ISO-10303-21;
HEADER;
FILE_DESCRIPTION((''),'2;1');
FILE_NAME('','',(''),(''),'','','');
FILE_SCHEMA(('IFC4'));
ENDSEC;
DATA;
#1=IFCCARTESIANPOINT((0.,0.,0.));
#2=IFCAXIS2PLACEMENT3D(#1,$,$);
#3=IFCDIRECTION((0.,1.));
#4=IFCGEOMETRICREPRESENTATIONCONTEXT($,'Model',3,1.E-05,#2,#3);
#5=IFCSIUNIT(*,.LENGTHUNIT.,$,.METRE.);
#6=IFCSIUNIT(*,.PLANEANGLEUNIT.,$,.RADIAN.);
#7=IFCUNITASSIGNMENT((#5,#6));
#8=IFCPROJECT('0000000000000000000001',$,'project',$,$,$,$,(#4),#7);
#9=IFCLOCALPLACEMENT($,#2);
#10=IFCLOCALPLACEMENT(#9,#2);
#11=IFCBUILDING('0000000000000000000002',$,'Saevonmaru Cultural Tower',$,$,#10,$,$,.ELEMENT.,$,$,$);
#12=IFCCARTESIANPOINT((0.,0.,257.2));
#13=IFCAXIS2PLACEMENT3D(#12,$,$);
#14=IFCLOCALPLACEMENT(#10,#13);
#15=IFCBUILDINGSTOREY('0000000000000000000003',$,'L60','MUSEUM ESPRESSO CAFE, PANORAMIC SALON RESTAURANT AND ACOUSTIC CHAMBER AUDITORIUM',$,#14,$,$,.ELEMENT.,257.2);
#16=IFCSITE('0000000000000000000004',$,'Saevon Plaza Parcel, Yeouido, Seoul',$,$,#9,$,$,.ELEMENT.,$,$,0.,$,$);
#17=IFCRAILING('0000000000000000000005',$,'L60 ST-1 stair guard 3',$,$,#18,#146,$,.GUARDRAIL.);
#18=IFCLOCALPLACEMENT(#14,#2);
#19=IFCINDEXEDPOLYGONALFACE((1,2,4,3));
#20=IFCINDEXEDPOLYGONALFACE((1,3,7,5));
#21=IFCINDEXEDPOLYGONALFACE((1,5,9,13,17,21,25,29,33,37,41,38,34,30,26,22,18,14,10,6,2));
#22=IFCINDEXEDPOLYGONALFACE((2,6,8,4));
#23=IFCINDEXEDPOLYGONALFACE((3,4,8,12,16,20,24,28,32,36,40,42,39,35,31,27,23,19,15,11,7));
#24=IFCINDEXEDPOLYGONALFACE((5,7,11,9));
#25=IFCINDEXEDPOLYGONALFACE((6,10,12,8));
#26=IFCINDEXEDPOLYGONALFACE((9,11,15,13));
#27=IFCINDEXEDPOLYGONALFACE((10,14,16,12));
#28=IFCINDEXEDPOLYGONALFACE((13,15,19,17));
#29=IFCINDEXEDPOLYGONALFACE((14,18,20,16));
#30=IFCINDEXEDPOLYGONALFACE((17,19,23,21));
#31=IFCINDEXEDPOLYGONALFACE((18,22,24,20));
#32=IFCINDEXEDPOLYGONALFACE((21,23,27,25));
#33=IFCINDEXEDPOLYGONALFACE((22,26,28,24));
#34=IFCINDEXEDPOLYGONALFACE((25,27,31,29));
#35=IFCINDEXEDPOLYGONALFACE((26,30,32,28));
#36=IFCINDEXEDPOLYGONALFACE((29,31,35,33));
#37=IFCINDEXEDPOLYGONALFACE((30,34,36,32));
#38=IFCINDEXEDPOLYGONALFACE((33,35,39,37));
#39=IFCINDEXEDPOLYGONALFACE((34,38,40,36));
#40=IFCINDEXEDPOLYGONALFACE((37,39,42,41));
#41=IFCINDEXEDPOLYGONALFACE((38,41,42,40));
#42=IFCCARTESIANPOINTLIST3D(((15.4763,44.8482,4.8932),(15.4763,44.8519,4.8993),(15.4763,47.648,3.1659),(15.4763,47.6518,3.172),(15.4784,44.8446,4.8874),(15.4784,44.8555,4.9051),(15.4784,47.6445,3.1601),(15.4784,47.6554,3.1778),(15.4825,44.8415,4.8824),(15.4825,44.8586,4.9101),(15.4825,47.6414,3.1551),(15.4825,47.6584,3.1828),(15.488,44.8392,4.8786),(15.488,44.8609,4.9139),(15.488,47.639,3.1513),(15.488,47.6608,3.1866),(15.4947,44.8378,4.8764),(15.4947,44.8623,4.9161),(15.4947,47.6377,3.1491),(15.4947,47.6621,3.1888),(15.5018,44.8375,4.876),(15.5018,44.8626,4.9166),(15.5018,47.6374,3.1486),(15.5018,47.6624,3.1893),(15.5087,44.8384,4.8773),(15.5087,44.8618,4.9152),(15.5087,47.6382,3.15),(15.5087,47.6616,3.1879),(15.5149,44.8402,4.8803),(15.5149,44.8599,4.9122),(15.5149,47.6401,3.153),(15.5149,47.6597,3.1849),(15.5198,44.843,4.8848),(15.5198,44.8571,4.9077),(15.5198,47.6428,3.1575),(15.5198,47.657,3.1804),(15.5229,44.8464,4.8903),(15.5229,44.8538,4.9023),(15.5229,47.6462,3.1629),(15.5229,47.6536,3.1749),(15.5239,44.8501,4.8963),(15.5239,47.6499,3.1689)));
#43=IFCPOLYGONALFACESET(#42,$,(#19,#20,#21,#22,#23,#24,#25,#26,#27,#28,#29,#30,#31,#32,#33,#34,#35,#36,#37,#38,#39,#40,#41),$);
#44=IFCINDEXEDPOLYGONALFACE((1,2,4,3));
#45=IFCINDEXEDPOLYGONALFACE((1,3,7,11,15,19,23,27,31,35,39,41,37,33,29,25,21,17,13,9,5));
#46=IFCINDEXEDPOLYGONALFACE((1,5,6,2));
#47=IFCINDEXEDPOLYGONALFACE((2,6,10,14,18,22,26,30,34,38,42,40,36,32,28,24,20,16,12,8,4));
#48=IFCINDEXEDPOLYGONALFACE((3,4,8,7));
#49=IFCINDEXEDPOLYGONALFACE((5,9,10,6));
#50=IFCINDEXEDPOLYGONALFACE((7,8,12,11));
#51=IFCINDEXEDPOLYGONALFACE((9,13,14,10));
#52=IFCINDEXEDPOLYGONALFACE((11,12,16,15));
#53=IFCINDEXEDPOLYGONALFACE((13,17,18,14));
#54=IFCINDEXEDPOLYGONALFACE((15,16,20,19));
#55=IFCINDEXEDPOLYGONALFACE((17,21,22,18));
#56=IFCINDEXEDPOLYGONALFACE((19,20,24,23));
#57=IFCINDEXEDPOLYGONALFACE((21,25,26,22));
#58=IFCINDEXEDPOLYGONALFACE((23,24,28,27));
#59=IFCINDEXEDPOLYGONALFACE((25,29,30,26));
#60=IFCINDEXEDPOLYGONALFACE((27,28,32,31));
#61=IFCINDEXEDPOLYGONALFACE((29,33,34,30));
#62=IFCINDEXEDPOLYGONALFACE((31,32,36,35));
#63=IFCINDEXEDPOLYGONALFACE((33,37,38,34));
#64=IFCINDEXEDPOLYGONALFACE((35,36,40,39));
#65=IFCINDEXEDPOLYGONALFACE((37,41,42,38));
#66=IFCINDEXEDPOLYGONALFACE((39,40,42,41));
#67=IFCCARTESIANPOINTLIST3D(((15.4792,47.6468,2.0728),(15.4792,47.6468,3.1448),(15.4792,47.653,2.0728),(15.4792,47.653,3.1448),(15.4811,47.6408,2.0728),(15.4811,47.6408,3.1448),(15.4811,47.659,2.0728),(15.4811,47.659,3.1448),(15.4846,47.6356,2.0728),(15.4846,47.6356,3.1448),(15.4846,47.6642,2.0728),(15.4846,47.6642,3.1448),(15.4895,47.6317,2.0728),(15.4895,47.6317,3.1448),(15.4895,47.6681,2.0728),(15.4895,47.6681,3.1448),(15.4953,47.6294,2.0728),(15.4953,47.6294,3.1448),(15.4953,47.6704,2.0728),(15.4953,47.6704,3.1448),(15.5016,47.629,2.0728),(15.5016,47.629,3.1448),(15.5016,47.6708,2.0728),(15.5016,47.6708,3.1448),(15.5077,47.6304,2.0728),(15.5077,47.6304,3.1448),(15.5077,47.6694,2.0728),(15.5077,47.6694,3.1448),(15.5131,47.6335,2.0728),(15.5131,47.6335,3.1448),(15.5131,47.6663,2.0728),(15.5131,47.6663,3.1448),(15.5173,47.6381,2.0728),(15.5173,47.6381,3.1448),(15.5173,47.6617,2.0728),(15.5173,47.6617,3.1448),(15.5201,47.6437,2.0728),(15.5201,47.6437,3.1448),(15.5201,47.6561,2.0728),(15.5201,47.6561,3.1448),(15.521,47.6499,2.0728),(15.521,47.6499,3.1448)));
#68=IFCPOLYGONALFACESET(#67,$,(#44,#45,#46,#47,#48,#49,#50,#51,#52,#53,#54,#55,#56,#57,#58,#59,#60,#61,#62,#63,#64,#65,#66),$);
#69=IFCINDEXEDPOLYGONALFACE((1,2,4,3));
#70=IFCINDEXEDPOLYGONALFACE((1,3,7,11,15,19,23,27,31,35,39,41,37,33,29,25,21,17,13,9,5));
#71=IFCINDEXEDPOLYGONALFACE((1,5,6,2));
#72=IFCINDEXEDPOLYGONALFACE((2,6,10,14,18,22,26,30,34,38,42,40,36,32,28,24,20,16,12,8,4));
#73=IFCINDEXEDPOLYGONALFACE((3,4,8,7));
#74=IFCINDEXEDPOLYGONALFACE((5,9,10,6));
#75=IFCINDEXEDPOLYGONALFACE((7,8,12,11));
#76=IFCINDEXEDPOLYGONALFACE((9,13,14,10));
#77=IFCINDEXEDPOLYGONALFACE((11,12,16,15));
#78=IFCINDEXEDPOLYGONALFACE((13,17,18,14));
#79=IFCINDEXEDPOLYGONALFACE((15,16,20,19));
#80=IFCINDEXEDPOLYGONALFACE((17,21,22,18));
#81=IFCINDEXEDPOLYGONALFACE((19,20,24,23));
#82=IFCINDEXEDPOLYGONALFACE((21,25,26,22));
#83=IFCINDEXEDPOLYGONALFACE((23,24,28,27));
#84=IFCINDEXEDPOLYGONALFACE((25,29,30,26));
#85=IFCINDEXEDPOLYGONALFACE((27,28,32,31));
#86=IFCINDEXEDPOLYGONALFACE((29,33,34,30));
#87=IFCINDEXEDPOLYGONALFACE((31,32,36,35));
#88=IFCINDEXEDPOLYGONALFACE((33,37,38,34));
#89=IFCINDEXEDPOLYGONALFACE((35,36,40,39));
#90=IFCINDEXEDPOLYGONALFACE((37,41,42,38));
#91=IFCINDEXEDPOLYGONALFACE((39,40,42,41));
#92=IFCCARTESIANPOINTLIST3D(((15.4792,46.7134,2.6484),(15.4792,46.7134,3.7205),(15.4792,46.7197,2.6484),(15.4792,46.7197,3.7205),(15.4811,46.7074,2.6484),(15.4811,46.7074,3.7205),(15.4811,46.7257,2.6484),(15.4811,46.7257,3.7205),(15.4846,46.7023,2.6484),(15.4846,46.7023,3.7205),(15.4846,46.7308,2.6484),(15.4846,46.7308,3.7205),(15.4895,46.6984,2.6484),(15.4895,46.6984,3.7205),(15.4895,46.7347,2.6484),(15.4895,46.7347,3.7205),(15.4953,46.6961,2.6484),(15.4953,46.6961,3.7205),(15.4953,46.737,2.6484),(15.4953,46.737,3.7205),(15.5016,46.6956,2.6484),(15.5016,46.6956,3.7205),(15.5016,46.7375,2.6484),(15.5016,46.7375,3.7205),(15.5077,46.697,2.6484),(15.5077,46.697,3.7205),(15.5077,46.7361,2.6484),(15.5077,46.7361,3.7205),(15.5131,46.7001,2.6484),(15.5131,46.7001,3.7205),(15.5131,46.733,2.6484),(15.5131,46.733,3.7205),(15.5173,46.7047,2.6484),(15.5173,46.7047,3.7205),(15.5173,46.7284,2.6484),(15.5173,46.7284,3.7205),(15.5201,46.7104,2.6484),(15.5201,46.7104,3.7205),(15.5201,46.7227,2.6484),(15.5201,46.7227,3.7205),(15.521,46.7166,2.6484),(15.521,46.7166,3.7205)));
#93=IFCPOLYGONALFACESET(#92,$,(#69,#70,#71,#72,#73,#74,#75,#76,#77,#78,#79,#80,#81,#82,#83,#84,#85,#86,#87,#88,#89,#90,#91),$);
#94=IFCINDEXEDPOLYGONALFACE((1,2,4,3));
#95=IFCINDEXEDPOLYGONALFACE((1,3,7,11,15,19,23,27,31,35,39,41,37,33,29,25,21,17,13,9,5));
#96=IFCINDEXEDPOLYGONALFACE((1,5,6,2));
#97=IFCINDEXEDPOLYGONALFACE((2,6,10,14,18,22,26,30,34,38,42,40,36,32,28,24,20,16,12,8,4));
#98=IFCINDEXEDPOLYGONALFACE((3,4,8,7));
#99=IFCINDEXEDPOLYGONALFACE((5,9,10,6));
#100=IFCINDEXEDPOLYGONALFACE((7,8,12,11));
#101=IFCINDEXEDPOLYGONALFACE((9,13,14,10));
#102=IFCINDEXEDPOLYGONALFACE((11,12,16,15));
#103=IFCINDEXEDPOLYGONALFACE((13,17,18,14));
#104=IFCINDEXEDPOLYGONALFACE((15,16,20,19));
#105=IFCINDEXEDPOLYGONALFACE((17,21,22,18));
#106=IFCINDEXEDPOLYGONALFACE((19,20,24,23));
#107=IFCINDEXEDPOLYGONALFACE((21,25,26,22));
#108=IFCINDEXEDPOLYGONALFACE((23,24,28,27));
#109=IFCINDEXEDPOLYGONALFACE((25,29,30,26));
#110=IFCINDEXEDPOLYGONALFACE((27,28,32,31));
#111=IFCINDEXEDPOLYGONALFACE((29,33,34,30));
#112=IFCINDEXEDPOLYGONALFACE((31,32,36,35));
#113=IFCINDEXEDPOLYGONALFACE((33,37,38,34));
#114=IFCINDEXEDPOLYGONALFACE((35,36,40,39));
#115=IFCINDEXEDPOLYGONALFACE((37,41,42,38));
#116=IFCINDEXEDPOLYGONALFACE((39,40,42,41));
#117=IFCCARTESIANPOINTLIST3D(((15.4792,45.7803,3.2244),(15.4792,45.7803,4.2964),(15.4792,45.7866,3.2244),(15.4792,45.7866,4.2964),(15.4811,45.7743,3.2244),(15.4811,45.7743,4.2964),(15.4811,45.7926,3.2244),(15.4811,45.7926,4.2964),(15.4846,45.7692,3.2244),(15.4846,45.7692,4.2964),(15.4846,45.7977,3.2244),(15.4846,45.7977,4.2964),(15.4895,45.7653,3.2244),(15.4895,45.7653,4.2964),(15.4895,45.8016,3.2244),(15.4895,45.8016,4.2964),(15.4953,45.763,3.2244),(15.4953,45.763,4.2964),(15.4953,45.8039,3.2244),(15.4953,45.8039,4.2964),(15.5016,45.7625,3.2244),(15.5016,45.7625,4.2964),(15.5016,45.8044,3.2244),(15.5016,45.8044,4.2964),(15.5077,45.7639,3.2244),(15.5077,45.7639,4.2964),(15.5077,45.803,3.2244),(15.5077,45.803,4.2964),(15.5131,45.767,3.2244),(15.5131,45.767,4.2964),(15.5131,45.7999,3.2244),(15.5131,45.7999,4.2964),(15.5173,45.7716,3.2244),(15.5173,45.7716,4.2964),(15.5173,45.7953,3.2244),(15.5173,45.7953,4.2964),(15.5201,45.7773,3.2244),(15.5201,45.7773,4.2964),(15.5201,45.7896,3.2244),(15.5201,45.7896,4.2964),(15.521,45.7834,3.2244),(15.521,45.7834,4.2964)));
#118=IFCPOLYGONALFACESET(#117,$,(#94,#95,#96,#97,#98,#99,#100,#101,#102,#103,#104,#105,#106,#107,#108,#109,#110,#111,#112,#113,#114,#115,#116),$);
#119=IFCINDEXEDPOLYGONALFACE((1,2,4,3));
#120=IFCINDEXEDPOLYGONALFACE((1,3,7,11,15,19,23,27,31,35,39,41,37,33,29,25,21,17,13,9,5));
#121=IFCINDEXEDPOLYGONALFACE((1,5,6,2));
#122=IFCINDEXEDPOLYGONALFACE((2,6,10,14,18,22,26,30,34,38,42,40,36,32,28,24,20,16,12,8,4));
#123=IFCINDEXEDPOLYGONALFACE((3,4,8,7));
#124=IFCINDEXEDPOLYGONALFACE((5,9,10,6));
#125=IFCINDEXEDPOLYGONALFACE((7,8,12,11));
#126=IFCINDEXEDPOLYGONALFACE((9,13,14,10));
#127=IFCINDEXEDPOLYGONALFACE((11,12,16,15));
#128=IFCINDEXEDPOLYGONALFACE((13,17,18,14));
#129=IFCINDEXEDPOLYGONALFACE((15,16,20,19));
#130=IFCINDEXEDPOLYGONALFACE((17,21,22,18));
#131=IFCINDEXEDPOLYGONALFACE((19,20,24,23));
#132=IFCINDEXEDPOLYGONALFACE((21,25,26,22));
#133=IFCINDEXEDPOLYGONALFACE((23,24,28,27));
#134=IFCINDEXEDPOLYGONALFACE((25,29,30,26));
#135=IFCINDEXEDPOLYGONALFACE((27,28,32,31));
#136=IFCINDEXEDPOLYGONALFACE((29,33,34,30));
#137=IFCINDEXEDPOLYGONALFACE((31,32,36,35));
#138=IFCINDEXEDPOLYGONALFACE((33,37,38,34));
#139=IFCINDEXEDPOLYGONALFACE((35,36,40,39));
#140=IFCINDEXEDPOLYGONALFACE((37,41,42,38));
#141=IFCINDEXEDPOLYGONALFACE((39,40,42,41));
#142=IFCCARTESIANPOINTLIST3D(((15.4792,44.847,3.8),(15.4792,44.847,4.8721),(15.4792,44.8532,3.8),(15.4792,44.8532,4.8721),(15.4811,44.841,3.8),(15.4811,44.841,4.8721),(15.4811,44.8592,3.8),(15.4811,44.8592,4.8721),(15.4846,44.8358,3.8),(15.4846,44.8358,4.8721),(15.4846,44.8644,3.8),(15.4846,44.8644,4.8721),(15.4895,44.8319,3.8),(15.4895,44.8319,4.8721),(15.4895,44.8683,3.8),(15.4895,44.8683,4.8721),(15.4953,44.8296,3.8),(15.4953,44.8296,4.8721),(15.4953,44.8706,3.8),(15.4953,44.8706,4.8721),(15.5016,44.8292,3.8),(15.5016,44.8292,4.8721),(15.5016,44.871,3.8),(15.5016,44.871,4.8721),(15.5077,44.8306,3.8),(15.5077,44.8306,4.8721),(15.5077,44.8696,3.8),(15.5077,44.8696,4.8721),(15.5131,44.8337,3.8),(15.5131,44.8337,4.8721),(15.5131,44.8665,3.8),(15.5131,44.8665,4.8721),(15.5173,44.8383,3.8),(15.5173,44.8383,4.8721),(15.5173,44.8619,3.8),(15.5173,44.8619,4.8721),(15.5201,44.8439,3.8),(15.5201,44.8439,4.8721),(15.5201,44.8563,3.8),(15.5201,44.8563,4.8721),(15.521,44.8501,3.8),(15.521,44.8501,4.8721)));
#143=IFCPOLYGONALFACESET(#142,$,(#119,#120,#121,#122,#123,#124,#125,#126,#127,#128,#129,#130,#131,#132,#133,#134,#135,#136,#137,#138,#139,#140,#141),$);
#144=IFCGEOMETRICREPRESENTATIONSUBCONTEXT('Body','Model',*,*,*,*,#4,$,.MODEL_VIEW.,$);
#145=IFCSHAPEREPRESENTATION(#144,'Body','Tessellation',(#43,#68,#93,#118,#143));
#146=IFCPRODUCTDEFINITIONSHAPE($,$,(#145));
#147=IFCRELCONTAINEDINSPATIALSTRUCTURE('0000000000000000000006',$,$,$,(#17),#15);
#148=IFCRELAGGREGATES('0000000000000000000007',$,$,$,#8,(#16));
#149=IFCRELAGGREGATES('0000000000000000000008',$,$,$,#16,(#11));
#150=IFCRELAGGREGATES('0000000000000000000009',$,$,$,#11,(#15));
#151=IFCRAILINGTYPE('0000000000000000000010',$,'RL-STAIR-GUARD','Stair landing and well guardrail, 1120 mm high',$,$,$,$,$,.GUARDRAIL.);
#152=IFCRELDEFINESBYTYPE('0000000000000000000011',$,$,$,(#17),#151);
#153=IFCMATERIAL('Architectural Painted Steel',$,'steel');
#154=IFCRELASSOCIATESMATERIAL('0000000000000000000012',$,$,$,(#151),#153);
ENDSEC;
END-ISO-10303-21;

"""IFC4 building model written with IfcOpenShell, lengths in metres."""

from ifc_helpers import new_model, si_unit, direction, frame, origin, origin_2d, place, context, subcontext, project, spatial, circle, extrude, material, type_object, element, save


model = new_model("IFC4")

# Units and contexts
model_context = context("Model", 3, precision=1e-05, world=origin(), true_north=direction((0.0, 1.0)))
body_context = subcontext(model_context, "Body", "Model", "MODEL_VIEW")
ifc_project = project(units=[si_unit("LENGTHUNIT", "METRE"), si_unit("PLANEANGLEUNIT", "RADIAN")], contexts=[model_context])

# Site, building, storey
site_placement = place(None, origin())
site = spatial("IfcSite", under=ifc_project, at=site_placement, Name="Saevon Plaza Parcel, Yeouido, Seoul", CompositionType="ELEMENT", RefElevation=0.0)
building_placement = place(site_placement, origin())
building = spatial("IfcBuilding", under=site, at=building_placement, Name="Saevonmaru Cultural Tower", CompositionType="ELEMENT")
storey_placement = place(building_placement, frame((0.0, 0.0, 257.2)))
storey = spatial("IfcBuildingStorey", under=building, at=storey_placement, Name="L60", Description="MUSEUM ESPRESSO CAFE, PANORAMIC SALON RESTAURANT AND ACOUSTIC CHAMBER AUDITORIUM", CompositionType="ELEMENT", Elevation=257.2)

# Railing
ifc_material_1 = material(Name="Architectural Painted Steel", Category="steel")
railing_type_1 = type_object("IfcRailingType", Name="RL-STAIR-GUARD", Description="Stair landing and well guardrail, 1120 mm high", PredefinedType="GUARDRAIL", material=ifc_material_1)
railing_1_placement = place(storey_placement, frame((15.5, 47.6499, 2.0728)))
element("IfcRailing", 1, at=railing_1_placement, inside=storey, type_object=railing_type_1, Name="L60 ST-1 stair guard 3", PredefinedType="GUARDRAIL", context=body_context, shape_type="SweptSolid", body=[
    extrude(circle(Radius=0.0239, at=origin_2d()), frame((0.0, 0.0, 1.0962), z_axis=(0.0, -0.851069, 0.525054), x_axis=(1.0, 0.0, 0.0)), (0.0, 0.0, 1.0), 3.2898),
    extrude(circle(Radius=0.021, at=origin_2d()), origin(), (0.0, 0.0, 1.0), 1.072),
    extrude(circle(Radius=0.021, at=origin_2d()), frame((0.0, -0.9333, 0.5757)), (0.0, 0.0, 1.0), 1.072),
    extrude(circle(Radius=0.021, at=origin_2d()), frame((0.0, -1.8665, 1.1516)), (0.0, 0.0, 1.0), 1.072),
    extrude(circle(Radius=0.021, at=origin_2d()), frame((0.0, -2.7998, 1.7273)), (0.0, 0.0, 1.0), 1.072),
])

save(model, "model.ifc")
